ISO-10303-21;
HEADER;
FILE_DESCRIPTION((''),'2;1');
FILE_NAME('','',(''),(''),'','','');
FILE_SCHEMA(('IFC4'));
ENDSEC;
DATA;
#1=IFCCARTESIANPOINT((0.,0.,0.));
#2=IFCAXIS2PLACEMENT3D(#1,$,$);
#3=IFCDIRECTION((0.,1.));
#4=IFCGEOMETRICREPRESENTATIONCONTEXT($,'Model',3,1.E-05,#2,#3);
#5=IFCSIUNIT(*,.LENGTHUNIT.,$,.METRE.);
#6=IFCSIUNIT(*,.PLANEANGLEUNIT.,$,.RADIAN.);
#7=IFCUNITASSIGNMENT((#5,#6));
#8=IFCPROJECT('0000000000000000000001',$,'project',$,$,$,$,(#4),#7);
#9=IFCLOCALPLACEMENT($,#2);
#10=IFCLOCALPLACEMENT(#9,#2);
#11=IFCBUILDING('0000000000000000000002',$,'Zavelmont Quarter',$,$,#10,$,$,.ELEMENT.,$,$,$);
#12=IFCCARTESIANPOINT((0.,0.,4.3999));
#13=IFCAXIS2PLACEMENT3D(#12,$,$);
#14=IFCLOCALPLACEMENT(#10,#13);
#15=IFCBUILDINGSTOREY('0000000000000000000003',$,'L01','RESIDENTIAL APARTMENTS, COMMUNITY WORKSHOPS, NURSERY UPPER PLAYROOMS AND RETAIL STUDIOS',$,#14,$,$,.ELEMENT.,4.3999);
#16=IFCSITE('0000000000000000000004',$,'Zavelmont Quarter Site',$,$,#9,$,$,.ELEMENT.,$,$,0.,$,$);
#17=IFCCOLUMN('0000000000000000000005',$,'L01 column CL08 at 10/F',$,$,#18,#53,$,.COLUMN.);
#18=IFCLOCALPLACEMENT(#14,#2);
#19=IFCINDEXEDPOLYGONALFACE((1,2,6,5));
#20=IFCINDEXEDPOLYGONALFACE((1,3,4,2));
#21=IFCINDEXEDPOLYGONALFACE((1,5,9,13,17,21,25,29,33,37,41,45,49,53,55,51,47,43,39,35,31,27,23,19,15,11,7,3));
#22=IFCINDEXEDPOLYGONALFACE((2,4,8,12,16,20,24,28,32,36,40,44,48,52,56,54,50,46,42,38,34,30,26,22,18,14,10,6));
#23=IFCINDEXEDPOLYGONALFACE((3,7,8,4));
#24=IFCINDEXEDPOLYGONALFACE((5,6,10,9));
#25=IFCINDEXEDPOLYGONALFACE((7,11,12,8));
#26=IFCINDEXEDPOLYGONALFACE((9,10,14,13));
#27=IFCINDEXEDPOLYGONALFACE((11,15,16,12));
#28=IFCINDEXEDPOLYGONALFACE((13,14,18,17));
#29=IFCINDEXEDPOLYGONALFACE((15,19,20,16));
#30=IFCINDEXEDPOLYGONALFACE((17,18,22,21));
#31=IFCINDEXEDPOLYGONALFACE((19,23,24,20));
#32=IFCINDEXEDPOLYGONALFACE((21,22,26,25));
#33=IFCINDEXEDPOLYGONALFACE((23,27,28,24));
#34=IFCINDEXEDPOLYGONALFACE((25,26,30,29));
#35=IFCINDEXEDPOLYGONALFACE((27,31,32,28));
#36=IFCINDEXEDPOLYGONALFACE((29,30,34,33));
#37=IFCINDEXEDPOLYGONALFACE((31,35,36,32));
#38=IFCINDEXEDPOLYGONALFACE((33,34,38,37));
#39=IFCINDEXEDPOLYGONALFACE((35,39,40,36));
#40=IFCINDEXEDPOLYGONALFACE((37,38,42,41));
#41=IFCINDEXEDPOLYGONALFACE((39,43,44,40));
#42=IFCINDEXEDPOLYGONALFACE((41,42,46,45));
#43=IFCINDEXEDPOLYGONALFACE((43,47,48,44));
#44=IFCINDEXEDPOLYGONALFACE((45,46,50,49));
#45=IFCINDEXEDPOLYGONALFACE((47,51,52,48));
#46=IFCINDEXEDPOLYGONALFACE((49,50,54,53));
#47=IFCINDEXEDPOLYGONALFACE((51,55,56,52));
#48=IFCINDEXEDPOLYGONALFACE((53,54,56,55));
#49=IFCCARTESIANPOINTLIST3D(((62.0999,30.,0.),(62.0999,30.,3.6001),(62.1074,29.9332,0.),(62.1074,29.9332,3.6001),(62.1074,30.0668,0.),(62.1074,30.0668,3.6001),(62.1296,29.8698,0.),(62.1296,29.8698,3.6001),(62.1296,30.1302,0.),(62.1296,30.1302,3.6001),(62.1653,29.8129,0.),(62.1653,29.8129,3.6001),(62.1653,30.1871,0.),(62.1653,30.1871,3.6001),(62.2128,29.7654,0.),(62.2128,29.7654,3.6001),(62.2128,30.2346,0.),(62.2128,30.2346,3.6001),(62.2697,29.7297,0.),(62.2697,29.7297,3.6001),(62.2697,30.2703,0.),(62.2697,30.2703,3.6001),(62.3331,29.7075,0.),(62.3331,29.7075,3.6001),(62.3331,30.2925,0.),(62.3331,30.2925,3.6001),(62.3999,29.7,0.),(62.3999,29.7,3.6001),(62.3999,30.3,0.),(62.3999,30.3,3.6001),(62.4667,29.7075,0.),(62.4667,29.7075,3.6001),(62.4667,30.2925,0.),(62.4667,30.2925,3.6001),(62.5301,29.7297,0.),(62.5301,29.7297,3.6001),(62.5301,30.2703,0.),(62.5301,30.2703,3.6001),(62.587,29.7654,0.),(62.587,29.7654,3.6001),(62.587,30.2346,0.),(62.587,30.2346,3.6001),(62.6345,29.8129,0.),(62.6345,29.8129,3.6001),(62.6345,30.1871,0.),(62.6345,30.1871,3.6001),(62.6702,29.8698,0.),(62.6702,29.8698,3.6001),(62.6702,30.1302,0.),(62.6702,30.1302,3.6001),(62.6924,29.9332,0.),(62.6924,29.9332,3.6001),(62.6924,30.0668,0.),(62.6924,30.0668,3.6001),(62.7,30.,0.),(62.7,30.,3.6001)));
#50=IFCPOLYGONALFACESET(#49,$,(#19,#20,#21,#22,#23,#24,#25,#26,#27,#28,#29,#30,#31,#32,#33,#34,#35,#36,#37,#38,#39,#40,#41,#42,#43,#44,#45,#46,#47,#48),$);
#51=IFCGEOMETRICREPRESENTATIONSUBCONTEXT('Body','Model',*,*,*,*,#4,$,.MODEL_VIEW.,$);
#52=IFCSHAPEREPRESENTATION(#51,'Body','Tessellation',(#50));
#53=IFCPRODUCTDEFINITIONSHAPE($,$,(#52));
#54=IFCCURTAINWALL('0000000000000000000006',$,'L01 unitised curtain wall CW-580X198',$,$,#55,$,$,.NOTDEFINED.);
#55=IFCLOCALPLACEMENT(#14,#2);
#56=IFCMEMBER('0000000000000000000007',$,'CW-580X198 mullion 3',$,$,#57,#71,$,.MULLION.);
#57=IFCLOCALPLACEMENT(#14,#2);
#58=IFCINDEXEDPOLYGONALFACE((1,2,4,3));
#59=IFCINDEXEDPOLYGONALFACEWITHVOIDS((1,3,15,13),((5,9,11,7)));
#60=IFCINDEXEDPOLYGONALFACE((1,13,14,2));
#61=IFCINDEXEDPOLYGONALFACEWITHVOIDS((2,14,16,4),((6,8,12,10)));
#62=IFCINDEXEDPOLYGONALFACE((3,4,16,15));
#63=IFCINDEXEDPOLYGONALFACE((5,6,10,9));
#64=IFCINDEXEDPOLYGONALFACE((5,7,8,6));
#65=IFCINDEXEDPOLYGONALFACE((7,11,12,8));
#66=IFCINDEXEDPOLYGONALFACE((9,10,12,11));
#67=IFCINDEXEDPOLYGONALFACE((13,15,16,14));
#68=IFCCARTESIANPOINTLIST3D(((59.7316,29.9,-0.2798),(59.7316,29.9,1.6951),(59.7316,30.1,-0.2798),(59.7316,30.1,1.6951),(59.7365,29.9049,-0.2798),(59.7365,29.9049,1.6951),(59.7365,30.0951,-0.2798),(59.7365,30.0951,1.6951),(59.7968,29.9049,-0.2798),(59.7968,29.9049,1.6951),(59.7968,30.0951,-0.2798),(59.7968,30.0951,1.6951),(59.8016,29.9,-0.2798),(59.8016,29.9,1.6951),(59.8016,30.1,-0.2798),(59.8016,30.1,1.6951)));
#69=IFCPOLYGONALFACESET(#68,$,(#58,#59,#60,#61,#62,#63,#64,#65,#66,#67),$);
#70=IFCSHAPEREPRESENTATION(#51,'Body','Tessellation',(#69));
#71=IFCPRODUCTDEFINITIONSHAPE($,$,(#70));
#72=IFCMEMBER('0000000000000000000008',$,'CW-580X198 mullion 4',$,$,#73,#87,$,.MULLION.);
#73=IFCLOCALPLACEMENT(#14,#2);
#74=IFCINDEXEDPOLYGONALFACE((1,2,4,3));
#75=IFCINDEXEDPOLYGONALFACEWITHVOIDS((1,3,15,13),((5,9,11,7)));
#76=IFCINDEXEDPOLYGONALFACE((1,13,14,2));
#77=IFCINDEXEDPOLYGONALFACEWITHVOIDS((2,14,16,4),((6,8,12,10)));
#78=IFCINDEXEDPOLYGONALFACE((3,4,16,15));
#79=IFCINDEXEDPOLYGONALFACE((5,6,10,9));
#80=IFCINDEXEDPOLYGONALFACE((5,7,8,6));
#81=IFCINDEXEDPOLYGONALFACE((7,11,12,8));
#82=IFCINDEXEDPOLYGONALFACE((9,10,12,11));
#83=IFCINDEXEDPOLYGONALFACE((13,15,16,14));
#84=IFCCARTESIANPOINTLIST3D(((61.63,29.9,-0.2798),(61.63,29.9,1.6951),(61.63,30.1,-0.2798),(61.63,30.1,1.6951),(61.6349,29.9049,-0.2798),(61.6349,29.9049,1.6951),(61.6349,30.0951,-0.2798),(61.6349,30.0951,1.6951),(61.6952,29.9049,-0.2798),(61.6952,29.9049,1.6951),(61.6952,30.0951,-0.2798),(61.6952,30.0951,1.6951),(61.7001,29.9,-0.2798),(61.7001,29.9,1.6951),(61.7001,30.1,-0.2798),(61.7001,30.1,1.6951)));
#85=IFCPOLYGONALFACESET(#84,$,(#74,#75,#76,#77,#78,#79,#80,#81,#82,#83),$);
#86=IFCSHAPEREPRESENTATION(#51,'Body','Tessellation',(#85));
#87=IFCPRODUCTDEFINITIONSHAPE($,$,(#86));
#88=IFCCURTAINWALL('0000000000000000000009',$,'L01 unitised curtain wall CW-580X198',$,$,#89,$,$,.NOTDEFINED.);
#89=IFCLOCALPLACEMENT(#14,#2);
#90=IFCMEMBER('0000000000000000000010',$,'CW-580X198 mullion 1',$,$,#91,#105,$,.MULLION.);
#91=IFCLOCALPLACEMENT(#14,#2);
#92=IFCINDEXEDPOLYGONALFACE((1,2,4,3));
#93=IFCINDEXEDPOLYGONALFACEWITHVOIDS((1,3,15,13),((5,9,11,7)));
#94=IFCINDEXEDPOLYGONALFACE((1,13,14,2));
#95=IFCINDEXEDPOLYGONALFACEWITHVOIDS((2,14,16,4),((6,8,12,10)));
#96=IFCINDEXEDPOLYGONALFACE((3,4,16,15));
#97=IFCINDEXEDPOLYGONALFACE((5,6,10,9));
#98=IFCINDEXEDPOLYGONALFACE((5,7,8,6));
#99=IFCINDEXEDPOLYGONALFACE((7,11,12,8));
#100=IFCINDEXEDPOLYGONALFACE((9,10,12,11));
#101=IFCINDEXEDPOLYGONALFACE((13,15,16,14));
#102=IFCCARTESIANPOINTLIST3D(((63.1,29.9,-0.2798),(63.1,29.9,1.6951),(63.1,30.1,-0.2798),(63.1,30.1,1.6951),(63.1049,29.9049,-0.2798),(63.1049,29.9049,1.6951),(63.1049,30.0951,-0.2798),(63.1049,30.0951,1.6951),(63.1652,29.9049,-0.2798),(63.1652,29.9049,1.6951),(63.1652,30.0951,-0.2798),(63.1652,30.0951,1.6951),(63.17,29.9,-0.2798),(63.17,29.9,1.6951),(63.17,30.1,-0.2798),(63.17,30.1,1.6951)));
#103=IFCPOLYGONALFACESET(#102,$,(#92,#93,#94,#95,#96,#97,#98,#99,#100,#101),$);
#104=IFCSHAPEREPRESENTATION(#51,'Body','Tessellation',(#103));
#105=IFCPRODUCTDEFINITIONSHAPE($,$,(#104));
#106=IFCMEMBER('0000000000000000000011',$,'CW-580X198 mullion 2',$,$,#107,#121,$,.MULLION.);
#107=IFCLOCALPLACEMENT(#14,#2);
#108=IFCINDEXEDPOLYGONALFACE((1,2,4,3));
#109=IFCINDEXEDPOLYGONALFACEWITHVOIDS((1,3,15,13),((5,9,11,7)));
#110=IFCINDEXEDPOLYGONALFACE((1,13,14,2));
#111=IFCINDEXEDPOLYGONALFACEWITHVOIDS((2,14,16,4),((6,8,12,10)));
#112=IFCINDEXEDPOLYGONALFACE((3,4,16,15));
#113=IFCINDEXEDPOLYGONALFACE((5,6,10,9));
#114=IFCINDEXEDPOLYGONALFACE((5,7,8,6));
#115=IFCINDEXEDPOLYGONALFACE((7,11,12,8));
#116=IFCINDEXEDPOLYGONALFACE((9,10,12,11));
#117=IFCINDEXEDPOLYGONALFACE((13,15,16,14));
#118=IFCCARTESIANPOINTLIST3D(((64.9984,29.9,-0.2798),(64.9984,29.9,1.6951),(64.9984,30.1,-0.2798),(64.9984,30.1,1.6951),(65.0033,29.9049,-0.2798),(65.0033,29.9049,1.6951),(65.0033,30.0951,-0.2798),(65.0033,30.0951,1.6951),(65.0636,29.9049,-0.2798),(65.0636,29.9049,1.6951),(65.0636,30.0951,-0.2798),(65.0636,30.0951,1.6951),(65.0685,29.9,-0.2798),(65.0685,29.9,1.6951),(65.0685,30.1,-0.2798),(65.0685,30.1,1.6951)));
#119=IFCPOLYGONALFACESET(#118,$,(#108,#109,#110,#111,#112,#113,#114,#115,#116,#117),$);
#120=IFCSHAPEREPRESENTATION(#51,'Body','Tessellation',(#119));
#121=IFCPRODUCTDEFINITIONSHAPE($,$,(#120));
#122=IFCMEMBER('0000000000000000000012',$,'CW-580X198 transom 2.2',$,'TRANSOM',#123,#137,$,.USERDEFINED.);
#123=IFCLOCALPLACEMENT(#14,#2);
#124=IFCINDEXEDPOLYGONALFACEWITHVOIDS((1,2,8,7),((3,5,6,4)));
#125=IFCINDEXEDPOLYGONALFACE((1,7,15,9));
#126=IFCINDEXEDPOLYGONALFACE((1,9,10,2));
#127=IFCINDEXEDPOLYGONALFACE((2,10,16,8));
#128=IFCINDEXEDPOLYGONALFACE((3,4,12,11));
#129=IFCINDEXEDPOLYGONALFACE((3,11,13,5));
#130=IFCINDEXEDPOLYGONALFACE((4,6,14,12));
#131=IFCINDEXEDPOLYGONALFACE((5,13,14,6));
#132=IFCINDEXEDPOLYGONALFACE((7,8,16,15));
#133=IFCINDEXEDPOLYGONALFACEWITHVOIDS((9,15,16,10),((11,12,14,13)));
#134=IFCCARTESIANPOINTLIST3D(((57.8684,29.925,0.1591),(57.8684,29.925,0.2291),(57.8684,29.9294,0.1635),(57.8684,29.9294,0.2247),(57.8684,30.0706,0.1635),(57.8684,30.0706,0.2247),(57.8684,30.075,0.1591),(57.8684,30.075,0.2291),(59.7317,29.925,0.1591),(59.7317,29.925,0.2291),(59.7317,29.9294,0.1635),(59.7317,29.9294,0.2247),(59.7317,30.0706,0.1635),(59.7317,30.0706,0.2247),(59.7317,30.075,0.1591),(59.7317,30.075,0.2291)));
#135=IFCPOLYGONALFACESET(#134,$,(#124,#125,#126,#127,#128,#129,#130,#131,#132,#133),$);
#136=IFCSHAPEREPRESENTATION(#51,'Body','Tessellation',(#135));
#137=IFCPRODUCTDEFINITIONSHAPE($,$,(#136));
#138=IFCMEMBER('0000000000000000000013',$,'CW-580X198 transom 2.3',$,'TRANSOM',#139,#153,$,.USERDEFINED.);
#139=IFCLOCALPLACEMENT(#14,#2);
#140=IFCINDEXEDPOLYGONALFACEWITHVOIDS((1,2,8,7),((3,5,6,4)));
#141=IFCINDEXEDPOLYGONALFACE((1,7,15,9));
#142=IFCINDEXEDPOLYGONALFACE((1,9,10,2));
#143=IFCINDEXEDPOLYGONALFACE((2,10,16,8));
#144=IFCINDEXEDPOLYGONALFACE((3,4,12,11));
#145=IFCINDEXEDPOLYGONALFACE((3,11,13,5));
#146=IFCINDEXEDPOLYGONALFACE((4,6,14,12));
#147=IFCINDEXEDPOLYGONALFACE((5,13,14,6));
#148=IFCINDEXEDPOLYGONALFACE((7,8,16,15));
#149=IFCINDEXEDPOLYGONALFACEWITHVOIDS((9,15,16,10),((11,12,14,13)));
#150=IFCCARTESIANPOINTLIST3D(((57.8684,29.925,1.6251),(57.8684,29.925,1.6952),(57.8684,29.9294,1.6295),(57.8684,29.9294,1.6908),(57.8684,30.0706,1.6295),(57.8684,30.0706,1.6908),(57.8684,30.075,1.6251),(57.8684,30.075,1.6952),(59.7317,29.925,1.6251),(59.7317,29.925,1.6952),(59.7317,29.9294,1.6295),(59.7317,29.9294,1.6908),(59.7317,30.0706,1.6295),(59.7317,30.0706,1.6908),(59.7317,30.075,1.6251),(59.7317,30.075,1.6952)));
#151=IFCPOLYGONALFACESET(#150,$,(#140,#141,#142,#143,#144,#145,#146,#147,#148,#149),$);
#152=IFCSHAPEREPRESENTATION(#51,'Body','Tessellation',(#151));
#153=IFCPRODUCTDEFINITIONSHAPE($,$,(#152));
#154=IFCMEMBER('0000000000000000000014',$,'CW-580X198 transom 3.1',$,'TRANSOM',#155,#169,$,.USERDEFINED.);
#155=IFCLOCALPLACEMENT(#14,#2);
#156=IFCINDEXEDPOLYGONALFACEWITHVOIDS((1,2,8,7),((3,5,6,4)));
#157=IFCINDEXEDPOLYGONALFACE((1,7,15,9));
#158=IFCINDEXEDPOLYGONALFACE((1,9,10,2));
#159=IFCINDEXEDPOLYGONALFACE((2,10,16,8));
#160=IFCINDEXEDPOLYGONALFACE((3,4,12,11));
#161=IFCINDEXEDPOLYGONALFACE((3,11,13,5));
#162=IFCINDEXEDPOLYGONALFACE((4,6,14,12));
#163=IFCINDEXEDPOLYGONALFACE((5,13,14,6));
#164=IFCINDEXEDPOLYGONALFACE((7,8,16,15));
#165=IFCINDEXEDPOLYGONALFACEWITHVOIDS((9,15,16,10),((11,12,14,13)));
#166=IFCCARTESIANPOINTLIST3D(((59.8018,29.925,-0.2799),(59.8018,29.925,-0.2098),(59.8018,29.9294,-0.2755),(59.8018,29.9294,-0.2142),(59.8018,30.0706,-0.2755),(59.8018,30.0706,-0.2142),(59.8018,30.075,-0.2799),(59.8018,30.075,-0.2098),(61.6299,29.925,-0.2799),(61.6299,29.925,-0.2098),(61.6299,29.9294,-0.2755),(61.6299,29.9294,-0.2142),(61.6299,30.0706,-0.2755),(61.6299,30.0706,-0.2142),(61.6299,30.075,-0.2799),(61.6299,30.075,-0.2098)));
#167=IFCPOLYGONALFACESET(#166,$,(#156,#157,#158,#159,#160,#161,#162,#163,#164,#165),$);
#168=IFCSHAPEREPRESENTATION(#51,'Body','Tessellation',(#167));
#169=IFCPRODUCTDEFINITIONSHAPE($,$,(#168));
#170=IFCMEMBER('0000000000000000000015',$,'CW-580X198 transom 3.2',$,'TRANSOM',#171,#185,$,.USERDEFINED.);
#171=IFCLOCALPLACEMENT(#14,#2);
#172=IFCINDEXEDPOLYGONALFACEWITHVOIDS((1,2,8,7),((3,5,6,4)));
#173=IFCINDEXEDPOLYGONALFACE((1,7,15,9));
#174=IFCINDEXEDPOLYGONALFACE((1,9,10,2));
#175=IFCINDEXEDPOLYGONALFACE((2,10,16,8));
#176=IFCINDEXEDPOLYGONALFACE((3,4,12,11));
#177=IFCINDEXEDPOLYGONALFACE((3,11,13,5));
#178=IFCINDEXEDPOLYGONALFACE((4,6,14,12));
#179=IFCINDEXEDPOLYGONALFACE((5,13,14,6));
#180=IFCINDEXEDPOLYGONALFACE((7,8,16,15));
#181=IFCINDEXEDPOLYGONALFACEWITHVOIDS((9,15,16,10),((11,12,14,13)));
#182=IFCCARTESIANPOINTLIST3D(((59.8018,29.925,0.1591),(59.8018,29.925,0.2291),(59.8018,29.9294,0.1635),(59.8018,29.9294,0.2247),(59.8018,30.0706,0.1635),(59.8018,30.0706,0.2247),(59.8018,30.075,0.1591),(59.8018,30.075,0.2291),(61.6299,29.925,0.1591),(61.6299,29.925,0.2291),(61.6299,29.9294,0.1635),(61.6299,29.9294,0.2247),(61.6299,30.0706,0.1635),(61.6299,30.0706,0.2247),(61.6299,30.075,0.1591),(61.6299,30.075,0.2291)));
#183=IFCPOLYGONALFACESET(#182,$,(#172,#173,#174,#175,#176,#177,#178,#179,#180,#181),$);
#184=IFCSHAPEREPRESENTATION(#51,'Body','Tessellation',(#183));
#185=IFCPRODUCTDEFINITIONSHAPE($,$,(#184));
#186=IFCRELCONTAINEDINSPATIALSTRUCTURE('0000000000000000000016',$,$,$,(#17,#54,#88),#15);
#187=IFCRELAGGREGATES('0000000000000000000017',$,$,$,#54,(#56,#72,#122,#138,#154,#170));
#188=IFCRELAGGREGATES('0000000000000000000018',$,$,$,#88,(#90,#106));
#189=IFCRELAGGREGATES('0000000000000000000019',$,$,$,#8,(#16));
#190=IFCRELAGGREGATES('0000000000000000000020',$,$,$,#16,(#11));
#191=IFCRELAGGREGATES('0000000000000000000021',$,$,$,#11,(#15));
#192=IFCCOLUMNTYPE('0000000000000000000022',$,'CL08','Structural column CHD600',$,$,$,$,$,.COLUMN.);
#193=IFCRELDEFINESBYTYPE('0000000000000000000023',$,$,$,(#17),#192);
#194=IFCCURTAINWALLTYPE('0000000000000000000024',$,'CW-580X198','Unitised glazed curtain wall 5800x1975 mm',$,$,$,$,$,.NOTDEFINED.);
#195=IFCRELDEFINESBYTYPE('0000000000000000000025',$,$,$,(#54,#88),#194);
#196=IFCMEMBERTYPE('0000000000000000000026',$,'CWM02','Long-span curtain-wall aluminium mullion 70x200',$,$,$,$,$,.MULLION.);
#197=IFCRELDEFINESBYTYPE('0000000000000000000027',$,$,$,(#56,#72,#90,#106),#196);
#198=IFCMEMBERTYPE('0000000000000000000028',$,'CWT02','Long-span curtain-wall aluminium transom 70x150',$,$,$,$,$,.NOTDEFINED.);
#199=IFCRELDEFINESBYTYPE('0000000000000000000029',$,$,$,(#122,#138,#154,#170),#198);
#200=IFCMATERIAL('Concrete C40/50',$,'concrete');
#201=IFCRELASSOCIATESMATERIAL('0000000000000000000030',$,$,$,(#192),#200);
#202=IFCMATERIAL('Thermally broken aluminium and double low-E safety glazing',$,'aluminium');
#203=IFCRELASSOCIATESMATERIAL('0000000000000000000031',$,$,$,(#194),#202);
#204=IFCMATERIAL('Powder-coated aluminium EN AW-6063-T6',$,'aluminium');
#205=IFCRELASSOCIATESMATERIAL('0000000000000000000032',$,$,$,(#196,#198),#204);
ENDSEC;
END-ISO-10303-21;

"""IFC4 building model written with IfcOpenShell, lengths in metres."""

from ifc_helpers import new_model, si_unit, direction, frame, origin, origin_2d, place, context, subcontext, project, spatial, hollow_rectangle, circle, extrude, material, material_profile, profile_set, type_object, element, aggregate, save


model = new_model("IFC4")

# Units and contexts
model_context = context("Model", 3, precision=1e-05, world=origin(), true_north=direction((0.0, 1.0)))
body_context = subcontext(model_context, "Body", "Model", "MODEL_VIEW")
ifc_project = project(units=[si_unit("LENGTHUNIT", "METRE"), si_unit("PLANEANGLEUNIT", "RADIAN")], contexts=[model_context])

# Site, building, storey
site_placement = place(None, origin())
site = spatial("IfcSite", under=ifc_project, at=site_placement, Name="Zavelmont Quarter Site", CompositionType="ELEMENT", RefElevation=0.0)
building_placement = place(site_placement, origin())
building = spatial("IfcBuilding", under=site, at=building_placement, Name="Zavelmont Quarter", CompositionType="ELEMENT")
storey_placement = place(building_placement, frame((0.0, 0.0, 4.3999)))
storey = spatial("IfcBuildingStorey", under=building, at=storey_placement, Name="L01", Description="RESIDENTIAL APARTMENTS, COMMUNITY WORKSHOPS, NURSERY UPPER PLAYROOMS AND RETAIL STUDIOS", CompositionType="ELEMENT", Elevation=4.3999)

# Column
ifc_material_1 = material(Name="Concrete C40/50", Category="concrete")
ifc_material_profile_1 = material_profile(ifc_material_1, circle(Radius=0.3, at=origin_2d()), Name="CHD600")
ifc_profile_set_1 = profile_set([ifc_material_profile_1], Name="Concrete C40/50")
column_type = type_object("IfcColumnType", Name="CL08", Description="Structural column CHD600", PredefinedType="COLUMN", material=ifc_profile_set_1)
column_placement = place(storey_placement, frame((62.3999, 30.0, 0.0), z_axis=(0.0, 0.0, 1.0), x_axis=(1.0, 0.0, 0.0)))
element("IfcColumn", 1, at=column_placement, inside=storey, type_object=column_type, Name="L01 column CL08 at 10/F", PredefinedType="COLUMN", context=body_context, shape_type="SweptSolid", body=[
    extrude(circle(Radius=0.3, at=origin_2d()), origin(), (0.0, 0.0, 1.0), 3.6001),
])

# Curtain walls, members
ifc_material_2 = material(Name="Thermally broken aluminium and double low-E safety glazing", Category="aluminium")
curtain_wall_type = type_object("IfcCurtainWallType", Name="CW-580X198", Description="Unitised glazed curtain wall 5800x1975 mm", PredefinedType="NOTDEFINED", material=ifc_material_2)
curtain_wall_1_placement = place(storey_placement, origin())
curtain_wall_1 = element("IfcCurtainWall", 2, at=curtain_wall_1_placement, inside=storey, type_object=curtain_wall_type, Name="L01 unitised curtain wall CW-580X198", PredefinedType="NOTDEFINED")
ifc_material_3 = material(Name="Powder-coated aluminium EN AW-6063-T6", Category="aluminium")
ifc_material_profile_2 = material_profile(ifc_material_3, hollow_rectangle(XDim=0.0701, YDim=0.2, WallThickness=0.0049, at=origin_2d()), Name="CWM70X200")
ifc_profile_set_2 = profile_set([ifc_material_profile_2], Name="Powder-coated aluminium EN AW-6063-T6")
member_type_1 = type_object("IfcMemberType", Name="CWM02", Description="Long-span curtain-wall aluminium mullion 70x200", PredefinedType="MULLION", material=ifc_profile_set_2)
member_1_placement = place(storey_placement, frame((59.7666, 30.0, -0.2798), z_axis=(0.0, 0.0, 1.0), x_axis=(1.0, 0.0, 0.0)))
member_1 = element("IfcMember", 3, at=member_1_placement, type_object=member_type_1, Name="CW-580X198 mullion 3", PredefinedType="MULLION", context=body_context, shape_type="SweptSolid", body=[
    extrude(hollow_rectangle(XDim=0.0701, YDim=0.2, WallThickness=0.0049, at=origin_2d()), origin(), (0.0, 0.0, 1.0), 1.9749),
])
member_2_placement = place(storey_placement, frame((61.665, 30.0, -0.2798), z_axis=(0.0, 0.0, 1.0), x_axis=(1.0, 0.0, 0.0)))
member_2 = element("IfcMember", 4, at=member_2_placement, type_object=member_type_1, Name="CW-580X198 mullion 4", PredefinedType="MULLION", context=body_context, shape_type="SweptSolid", body=[
    extrude(hollow_rectangle(XDim=0.0701, YDim=0.2, WallThickness=0.0049, at=origin_2d()), origin(), (0.0, 0.0, 1.0), 1.9749),
])
curtain_wall_2_placement = place(storey_placement, origin())
curtain_wall_2 = element("IfcCurtainWall", 5, at=curtain_wall_2_placement, inside=storey, type_object=curtain_wall_type, Name="L01 unitised curtain wall CW-580X198", PredefinedType="NOTDEFINED")
member_3_placement = place(storey_placement, frame((63.135, 30.0, -0.2798), z_axis=(0.0, 0.0, 1.0), x_axis=(1.0, 0.0, 0.0)))
member_3 = element("IfcMember", 6, at=member_3_placement, type_object=member_type_1, Name="CW-580X198 mullion 1", PredefinedType="MULLION", context=body_context, shape_type="SweptSolid", body=[
    extrude(hollow_rectangle(XDim=0.0701, YDim=0.2, WallThickness=0.0049, at=origin_2d()), origin(), (0.0, 0.0, 1.0), 1.9749),
])
member_4_placement = place(storey_placement, frame((65.0334, 30.0, -0.2798), z_axis=(0.0, 0.0, 1.0), x_axis=(1.0, 0.0, 0.0)))
member_4 = element("IfcMember", 7, at=member_4_placement, type_object=member_type_1, Name="CW-580X198 mullion 2", PredefinedType="MULLION", context=body_context, shape_type="SweptSolid", body=[
    extrude(hollow_rectangle(XDim=0.0701, YDim=0.2, WallThickness=0.0049, at=origin_2d()), origin(), (0.0, 0.0, 1.0), 1.9749),
])

# Members
ifc_material_profile_3 = material_profile(ifc_material_3, hollow_rectangle(XDim=0.1499, YDim=0.0701, WallThickness=0.0044, at=origin_2d()), Name="CWT70X150")
ifc_profile_set_3 = profile_set([ifc_material_profile_3], Name="Powder-coated aluminium EN AW-6063-T6")
member_type_2 = type_object("IfcMemberType", Name="CWT02", Description="Long-span curtain-wall aluminium transom 70x150", PredefinedType="NOTDEFINED", material=ifc_profile_set_3)
member_5_placement = place(storey_placement, frame((57.8684, 30.0, 0.1941), z_axis=(1.0, 0.0, 0.0), x_axis=(0.0, 1.0, 0.0)))
member_5 = element("IfcMember", 8, at=member_5_placement, type_object=member_type_2, Name="CW-580X198 transom 2.2", ObjectType="TRANSOM", PredefinedType="USERDEFINED", context=body_context, shape_type="SweptSolid", body=[
    extrude(hollow_rectangle(XDim=0.1499, YDim=0.0701, WallThickness=0.0044, at=origin_2d()), origin(), (0.0, 0.0, 1.0), 1.8633),
])
member_6_placement = place(storey_placement, frame((57.8684, 30.0, 1.6602), z_axis=(1.0, 0.0, 0.0), x_axis=(0.0, 1.0, 0.0)))
member_6 = element("IfcMember", 9, at=member_6_placement, type_object=member_type_2, Name="CW-580X198 transom 2.3", ObjectType="TRANSOM", PredefinedType="USERDEFINED", context=body_context, shape_type="SweptSolid", body=[
    extrude(hollow_rectangle(XDim=0.1499, YDim=0.0701, WallThickness=0.0044, at=origin_2d()), origin(), (0.0, 0.0, 1.0), 1.8633),
])
member_7_placement = place(storey_placement, frame((59.8018, 30.0, -0.2449), z_axis=(1.0, 0.0, 0.0), x_axis=(0.0, 1.0, 0.0)))
member_7 = element("IfcMember", 10, at=member_7_placement, type_object=member_type_2, Name="CW-580X198 transom 3.1", ObjectType="TRANSOM", PredefinedType="USERDEFINED", context=body_context, shape_type="SweptSolid", body=[
    extrude(hollow_rectangle(XDim=0.1499, YDim=0.0701, WallThickness=0.0044, at=origin_2d()), origin(), (0.0, 0.0, 1.0), 1.8281),
])
member_8_placement = place(storey_placement, frame((59.8018, 30.0, 0.1941), z_axis=(1.0, 0.0, 0.0), x_axis=(0.0, 1.0, 0.0)))
member_8 = element("IfcMember", 11, at=member_8_placement, type_object=member_type_2, Name="CW-580X198 transom 3.2", ObjectType="TRANSOM", PredefinedType="USERDEFINED", context=body_context, shape_type="SweptSolid", body=[
    extrude(hollow_rectangle(XDim=0.1499, YDim=0.0701, WallThickness=0.0044, at=origin_2d()), origin(), (0.0, 0.0, 1.0), 1.8281),
])

aggregate(curtain_wall_1, [member_1, member_2, member_5, member_6, member_7, member_8])
aggregate(curtain_wall_2, [member_3, member_4])

save(model, "model.ifc")
